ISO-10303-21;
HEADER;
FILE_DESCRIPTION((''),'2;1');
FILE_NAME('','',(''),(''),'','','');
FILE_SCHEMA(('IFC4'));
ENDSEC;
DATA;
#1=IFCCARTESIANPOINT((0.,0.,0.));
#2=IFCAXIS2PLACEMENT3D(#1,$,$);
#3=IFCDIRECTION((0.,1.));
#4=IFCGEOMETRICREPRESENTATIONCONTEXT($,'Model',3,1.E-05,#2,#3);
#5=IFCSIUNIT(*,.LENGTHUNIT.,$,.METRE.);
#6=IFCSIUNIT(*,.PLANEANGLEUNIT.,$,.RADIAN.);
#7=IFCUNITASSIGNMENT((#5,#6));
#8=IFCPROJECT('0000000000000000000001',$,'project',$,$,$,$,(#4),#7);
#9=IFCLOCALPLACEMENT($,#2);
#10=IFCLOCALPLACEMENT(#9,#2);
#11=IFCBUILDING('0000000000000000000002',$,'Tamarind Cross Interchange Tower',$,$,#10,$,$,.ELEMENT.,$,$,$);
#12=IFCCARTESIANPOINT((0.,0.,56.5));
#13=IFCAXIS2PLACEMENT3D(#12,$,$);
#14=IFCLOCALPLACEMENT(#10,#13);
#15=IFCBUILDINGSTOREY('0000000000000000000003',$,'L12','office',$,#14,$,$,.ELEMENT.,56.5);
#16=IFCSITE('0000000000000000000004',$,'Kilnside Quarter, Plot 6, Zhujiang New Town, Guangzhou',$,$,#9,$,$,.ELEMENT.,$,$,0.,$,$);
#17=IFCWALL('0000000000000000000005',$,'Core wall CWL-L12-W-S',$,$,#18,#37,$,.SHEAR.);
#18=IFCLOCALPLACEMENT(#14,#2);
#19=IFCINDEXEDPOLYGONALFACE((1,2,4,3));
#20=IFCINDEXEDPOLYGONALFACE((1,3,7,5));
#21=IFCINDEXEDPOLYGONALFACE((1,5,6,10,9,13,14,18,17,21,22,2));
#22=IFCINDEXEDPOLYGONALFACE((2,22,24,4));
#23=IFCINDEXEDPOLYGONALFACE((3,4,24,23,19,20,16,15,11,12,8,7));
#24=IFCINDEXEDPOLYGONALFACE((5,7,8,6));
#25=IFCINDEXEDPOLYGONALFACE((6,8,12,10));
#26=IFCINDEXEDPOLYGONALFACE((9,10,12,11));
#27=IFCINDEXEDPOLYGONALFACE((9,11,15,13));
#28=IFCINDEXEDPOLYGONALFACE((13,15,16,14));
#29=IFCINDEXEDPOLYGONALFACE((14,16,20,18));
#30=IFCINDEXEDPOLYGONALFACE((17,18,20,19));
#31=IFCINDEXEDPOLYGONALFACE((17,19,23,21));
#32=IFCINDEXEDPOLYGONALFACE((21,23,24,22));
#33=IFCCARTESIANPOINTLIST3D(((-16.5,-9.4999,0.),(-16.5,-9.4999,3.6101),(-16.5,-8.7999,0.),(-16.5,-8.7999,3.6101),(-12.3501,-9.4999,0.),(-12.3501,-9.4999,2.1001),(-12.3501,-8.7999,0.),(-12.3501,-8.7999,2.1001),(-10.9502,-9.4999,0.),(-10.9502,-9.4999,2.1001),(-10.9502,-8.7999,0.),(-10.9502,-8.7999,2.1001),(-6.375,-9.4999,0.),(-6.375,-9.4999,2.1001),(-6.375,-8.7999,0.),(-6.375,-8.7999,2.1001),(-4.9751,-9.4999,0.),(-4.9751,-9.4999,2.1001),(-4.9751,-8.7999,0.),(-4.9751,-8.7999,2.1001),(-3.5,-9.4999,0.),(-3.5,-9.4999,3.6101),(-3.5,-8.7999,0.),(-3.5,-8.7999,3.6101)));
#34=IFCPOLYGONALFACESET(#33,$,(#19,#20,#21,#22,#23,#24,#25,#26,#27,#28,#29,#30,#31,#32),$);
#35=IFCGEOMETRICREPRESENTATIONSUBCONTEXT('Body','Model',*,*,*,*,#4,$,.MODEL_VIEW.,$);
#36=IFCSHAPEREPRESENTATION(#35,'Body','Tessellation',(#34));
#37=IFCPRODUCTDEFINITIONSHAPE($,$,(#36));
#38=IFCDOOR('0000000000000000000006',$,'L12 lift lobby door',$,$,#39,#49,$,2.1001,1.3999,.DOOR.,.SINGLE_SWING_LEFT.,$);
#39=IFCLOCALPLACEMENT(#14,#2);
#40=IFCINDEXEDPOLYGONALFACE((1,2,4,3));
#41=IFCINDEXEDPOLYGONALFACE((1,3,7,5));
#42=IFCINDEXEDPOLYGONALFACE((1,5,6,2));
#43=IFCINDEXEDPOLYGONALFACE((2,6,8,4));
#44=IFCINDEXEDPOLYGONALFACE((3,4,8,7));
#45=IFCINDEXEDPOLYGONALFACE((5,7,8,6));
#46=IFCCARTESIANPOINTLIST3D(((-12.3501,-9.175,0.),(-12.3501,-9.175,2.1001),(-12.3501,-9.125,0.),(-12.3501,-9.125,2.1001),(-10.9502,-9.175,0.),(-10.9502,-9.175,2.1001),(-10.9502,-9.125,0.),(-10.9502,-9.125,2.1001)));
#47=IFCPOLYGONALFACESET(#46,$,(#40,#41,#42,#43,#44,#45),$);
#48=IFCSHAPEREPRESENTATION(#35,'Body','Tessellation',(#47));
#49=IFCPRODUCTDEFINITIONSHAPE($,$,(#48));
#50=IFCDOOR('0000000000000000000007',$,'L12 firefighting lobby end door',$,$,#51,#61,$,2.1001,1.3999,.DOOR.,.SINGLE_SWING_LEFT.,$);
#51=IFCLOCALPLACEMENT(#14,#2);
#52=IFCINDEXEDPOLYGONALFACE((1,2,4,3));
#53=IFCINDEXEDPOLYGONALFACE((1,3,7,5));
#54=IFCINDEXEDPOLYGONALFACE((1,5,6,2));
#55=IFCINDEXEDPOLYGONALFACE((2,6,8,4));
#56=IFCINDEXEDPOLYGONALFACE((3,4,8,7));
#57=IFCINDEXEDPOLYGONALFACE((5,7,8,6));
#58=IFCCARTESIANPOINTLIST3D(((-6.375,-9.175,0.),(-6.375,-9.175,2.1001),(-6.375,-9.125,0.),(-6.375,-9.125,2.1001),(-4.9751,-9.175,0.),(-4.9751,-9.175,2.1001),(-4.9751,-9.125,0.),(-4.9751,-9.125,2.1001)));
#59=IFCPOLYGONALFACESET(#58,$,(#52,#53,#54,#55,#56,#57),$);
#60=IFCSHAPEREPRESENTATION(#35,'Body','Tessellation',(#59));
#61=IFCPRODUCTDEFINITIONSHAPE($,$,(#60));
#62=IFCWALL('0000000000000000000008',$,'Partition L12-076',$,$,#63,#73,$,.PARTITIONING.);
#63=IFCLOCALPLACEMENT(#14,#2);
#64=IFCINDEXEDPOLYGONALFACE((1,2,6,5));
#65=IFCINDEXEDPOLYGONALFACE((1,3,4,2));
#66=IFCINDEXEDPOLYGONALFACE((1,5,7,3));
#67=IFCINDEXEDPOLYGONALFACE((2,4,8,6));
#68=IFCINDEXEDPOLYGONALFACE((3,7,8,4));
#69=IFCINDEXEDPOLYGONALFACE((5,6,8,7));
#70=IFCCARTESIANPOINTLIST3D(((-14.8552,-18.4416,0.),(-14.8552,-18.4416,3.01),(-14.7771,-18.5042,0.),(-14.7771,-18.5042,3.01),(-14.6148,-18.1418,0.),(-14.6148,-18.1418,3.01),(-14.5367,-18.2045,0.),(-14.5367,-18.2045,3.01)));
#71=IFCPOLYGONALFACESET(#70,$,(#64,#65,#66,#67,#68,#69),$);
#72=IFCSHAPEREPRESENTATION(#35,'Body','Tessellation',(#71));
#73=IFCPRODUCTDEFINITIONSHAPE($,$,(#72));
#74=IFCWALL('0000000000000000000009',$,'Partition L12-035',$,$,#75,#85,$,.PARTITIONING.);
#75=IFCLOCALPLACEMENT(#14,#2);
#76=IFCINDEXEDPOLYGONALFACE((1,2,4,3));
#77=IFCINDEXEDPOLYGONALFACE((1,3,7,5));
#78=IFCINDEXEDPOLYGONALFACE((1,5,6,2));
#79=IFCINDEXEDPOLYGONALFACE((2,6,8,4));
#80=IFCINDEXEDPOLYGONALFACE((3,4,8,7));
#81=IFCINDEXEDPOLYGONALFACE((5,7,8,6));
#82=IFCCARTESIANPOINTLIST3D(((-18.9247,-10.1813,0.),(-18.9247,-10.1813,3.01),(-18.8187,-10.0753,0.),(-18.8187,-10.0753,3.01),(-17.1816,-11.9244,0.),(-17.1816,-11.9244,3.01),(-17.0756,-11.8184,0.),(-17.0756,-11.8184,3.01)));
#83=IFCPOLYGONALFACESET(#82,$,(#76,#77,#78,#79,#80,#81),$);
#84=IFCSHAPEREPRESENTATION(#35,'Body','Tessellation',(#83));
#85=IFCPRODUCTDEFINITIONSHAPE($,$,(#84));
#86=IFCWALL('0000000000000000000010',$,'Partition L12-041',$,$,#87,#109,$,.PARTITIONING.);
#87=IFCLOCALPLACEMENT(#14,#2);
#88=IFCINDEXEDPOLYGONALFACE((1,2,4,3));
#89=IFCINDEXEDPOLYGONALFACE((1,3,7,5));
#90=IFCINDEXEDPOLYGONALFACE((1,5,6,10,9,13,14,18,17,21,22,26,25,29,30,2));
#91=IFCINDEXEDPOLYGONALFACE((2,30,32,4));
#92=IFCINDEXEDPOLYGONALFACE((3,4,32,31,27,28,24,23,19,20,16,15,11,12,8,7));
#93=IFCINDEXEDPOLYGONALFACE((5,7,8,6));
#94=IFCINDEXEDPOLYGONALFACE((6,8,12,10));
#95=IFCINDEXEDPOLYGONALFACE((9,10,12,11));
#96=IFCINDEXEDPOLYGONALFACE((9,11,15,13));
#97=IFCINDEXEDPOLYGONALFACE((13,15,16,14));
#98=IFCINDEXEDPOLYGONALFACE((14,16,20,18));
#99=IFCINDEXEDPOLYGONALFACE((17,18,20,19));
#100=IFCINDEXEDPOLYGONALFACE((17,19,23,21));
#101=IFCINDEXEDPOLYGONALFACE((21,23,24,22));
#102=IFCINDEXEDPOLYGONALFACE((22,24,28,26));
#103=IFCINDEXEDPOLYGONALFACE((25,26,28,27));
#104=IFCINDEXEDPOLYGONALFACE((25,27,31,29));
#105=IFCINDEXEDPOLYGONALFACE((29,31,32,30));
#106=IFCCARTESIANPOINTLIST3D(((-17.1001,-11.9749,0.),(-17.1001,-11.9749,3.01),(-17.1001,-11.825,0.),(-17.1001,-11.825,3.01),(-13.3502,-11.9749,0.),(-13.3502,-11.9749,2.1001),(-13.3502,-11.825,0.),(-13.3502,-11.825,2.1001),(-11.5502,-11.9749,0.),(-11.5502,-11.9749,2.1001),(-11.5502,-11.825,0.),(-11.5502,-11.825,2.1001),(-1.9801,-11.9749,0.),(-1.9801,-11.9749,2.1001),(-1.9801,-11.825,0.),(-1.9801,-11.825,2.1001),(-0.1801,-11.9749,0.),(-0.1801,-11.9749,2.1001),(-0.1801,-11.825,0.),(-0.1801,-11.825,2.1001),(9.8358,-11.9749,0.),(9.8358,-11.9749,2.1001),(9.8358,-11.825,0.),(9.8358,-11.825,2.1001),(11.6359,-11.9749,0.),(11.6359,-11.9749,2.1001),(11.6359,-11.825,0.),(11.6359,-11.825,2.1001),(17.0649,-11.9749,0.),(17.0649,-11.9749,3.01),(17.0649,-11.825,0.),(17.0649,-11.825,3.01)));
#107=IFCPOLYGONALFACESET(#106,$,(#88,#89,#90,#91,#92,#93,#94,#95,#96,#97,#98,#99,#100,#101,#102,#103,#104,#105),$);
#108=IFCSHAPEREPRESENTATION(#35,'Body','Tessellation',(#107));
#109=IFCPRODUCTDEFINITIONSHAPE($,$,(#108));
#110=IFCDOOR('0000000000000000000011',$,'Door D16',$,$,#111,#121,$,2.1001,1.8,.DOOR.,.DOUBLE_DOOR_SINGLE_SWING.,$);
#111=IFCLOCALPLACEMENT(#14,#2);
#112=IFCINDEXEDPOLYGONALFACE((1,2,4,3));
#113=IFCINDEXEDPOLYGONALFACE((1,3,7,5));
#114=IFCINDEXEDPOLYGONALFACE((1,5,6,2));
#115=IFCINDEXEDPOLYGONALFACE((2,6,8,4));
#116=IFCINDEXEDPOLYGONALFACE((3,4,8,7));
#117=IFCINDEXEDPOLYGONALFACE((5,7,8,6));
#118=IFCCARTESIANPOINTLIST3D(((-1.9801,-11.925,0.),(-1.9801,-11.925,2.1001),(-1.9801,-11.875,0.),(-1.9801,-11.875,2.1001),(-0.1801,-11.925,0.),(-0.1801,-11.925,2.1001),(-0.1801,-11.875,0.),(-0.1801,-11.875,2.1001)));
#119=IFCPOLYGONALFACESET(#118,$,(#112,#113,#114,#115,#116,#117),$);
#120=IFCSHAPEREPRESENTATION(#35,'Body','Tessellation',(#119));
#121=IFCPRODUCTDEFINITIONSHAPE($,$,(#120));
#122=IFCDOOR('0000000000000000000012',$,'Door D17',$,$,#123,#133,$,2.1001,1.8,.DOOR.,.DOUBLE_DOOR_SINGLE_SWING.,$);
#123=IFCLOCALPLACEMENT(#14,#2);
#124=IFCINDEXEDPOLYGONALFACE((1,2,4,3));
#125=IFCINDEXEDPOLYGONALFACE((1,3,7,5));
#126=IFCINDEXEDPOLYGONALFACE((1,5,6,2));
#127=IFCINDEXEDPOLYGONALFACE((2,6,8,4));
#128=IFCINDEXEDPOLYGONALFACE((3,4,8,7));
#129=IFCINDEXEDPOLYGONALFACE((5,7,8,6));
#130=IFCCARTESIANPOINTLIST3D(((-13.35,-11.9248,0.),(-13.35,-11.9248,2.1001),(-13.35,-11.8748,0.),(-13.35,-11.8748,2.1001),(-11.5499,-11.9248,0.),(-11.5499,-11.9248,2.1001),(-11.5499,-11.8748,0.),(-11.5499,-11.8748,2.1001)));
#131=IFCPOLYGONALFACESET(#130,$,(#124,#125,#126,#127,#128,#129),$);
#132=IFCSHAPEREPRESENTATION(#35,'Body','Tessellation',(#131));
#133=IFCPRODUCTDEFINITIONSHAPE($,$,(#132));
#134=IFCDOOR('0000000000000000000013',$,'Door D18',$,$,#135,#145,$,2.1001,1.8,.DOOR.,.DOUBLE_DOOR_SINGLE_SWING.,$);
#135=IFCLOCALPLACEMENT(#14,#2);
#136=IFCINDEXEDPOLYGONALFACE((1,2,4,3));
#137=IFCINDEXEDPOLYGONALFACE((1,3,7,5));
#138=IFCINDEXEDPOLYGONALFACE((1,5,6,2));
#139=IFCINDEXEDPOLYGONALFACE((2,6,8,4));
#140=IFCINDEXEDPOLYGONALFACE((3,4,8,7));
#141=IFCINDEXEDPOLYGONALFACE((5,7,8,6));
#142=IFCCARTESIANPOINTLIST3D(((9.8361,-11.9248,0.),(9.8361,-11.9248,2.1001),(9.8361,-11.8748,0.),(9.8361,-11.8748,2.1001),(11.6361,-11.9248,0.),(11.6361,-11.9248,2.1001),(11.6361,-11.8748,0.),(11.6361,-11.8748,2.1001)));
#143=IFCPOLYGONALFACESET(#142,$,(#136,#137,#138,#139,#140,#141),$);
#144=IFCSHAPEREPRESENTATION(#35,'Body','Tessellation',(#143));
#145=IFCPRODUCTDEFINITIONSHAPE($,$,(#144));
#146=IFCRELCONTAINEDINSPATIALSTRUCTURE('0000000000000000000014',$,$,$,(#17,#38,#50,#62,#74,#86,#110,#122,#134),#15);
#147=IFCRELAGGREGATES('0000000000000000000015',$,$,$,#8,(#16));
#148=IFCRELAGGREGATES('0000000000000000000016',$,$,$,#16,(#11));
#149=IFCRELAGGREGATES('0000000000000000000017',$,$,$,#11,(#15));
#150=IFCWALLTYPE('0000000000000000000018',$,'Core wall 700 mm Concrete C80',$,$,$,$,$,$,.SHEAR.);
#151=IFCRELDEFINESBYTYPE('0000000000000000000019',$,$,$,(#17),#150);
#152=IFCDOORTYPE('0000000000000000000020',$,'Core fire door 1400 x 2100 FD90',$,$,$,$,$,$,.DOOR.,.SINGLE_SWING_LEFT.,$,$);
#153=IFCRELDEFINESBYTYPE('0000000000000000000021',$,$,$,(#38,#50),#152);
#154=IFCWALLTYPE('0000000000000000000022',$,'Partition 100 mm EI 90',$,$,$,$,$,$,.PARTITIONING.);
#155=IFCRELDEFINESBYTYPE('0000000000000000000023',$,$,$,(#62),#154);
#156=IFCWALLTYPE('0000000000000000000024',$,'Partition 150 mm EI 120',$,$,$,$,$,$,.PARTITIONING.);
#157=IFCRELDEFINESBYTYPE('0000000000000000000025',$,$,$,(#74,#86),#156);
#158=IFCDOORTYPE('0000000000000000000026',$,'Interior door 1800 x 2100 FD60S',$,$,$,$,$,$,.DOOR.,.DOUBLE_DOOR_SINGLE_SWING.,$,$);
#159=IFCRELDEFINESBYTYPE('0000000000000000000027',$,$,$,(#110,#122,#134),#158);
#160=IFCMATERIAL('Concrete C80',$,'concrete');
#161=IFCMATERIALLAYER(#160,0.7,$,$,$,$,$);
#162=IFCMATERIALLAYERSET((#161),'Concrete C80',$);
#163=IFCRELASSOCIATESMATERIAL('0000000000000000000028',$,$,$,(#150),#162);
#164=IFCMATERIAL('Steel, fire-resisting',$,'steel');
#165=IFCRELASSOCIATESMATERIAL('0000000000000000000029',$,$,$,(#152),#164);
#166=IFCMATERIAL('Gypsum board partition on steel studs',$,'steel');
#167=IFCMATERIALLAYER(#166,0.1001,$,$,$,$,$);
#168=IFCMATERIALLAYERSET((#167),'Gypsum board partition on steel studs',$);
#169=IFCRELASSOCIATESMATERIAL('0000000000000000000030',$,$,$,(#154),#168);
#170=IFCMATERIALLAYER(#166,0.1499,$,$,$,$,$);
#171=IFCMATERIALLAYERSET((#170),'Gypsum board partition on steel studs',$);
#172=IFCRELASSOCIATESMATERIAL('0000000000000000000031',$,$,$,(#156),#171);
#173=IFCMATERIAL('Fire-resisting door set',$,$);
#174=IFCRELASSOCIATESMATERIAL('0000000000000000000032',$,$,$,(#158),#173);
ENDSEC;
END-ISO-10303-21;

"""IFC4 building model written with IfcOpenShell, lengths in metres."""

from ifc_helpers import new_model, si_unit, direction, frame, frame_2d, origin, place, context, subcontext, project, spatial, rectangle, extrude, material, layer, layer_set, type_object, element, fill, save


model = new_model("IFC4")

# Units and contexts
model_context = context("Model", 3, precision=1e-05, world=origin(), true_north=direction((0.0, 1.0)))
body_context = subcontext(model_context, "Body", "Model", "MODEL_VIEW")
ifc_project = project(units=[si_unit("LENGTHUNIT", "METRE"), si_unit("PLANEANGLEUNIT", "RADIAN")], contexts=[model_context])

# Site, building, storey
site_placement = place(None, origin())
site = spatial("IfcSite", under=ifc_project, at=site_placement, Name="Kilnside Quarter, Plot 6, Zhujiang New Town, Guangzhou", CompositionType="ELEMENT", RefElevation=0.0)
building_placement = place(site_placement, origin())
building = spatial("IfcBuilding", under=site, at=building_placement, Name="Tamarind Cross Interchange Tower", CompositionType="ELEMENT")
storey_placement = place(building_placement, frame((0.0, 0.0, 56.5)))
storey = spatial("IfcBuildingStorey", under=building, at=storey_placement, Name="L12", Description="office", CompositionType="ELEMENT", Elevation=56.5)

# Wall, openings, doors
ifc_material_1 = material(Name="Concrete C80", Category="concrete")
ifc_layer_1 = layer(ifc_material_1, 0.7)
ifc_layer_set_1 = layer_set([ifc_layer_1], Name="Concrete C80")
wall_type_1 = type_object("IfcWallType", Name="Core wall 700 mm Concrete C80", PredefinedType="SHEAR", material=ifc_layer_set_1)
wall_1_placement = place(storey_placement, frame((-16.5, -9.1499, 0.0), z_axis=(0.0, 0.0, 1.0), x_axis=(1.0, 0.0, 0.0)))
wall_1 = element("IfcWall", 1, at=wall_1_placement, inside=storey, type_object=wall_type_1, Name="Core wall CWL-L12-W-S", PredefinedType="SHEAR", context=body_context, shape_type="SweptSolid", body=[
    extrude(rectangle(XDim=13.0, YDim=0.7, at=frame_2d((6.5, 0.0))), origin(), (0.0, 0.0, 1.0), 3.6101),
])
opening_1_placement = place(wall_1_placement, frame((4.1499, 0.0, 0.0)))
opening_1 = element("IfcOpeningElement", 2, at=opening_1_placement, cuts=wall_1, PredefinedType="OPENING", context=body_context, shape_type="SweptSolid", body=[
    extrude(rectangle(XDim=1.3999, YDim=2.1001, at=frame_2d((0.7, 1.05))), frame((0.0, 0.3599, 0.0), z_axis=(0.0, -1.0, 0.0), x_axis=(1.0, 0.0, 0.0)), (0.0, 0.0, 1.0), 0.72),
])
opening_2_placement = place(wall_1_placement, frame((10.125, 0.0, 0.0)))
opening_2 = element("IfcOpeningElement", 3, at=opening_2_placement, cuts=wall_1, PredefinedType="OPENING", context=body_context, shape_type="SweptSolid", body=[
    extrude(rectangle(XDim=1.3999, YDim=2.1001, at=frame_2d((0.7, 1.05))), frame((0.0, 0.3599, 0.0), z_axis=(0.0, -1.0, 0.0), x_axis=(1.0, 0.0, 0.0)), (0.0, 0.0, 1.0), 0.72),
])
ifc_material_2 = material(Name="Steel, fire-resisting", Category="steel")
door_type_1 = type_object("IfcDoorType", Name="Core fire door 1400 x 2100 FD90", OperationType="SINGLE_SWING_LEFT", PredefinedType="DOOR", material=ifc_material_2)
door_1_placement = place(opening_1_placement, origin())
door_1 = element("IfcDoor", 4, at=door_1_placement, inside=storey, type_object=door_type_1, Name="L12 lift lobby door", OperationType="SINGLE_SWING_LEFT", OverallHeight=2.1001, OverallWidth=1.3999, PredefinedType="DOOR", context=body_context, shape_type="SweptSolid", body=[
    extrude(rectangle(XDim=1.3999, YDim=2.1001, at=frame_2d((0.7, 1.05))), frame((0.0, 0.0249, 0.0), z_axis=(0.0, -1.0, 0.0), x_axis=(1.0, 0.0, 0.0)), (0.0, 0.0, 1.0), 0.05),
])
fill(opening_1, door_1)
door_2_placement = place(opening_2_placement, origin())
door_2 = element("IfcDoor", 5, at=door_2_placement, inside=storey, type_object=door_type_1, Name="L12 firefighting lobby end door", OperationType="SINGLE_SWING_LEFT", OverallHeight=2.1001, OverallWidth=1.3999, PredefinedType="DOOR", context=body_context, shape_type="SweptSolid", body=[
    extrude(rectangle(XDim=1.3999, YDim=2.1001, at=frame_2d((0.7, 1.05))), frame((0.0, 0.0249, 0.0), z_axis=(0.0, -1.0, 0.0), x_axis=(1.0, 0.0, 0.0)), (0.0, 0.0, 1.0), 0.05),
])
fill(opening_2, door_2)

# Walls
ifc_material_3 = material(Name="Gypsum board partition on steel studs", Category="steel")
ifc_layer_2 = layer(ifc_material_3, 0.1001)
ifc_layer_set_2 = layer_set([ifc_layer_2], Name="Gypsum board partition on steel studs")
wall_type_2 = type_object("IfcWallType", Name="Partition 100 mm EI 90", PredefinedType="PARTITIONING", material=ifc_layer_set_2)
wall_2_placement = place(storey_placement, frame((-14.8162, -18.4729, 0.0), z_axis=(0.0, 0.0, 1.0), x_axis=(0.625702, 0.780063, 0.0)))
element("IfcWall", 6, at=wall_2_placement, inside=storey, type_object=wall_type_2, Name="Partition L12-076", PredefinedType="PARTITIONING", context=body_context, shape_type="SweptSolid", body=[
    extrude(rectangle(XDim=0.3843, YDim=0.1001, at=frame_2d((0.1921, 0.0))), origin(), (0.0, 0.0, 1.0), 3.01),
])
ifc_layer_3 = layer(ifc_material_3, 0.1499)
ifc_layer_set_3 = layer_set([ifc_layer_3], Name="Gypsum board partition on steel studs")
wall_type_3 = type_object("IfcWallType", Name="Partition 150 mm EI 120", PredefinedType="PARTITIONING", material=ifc_layer_set_3)
wall_3_placement = place(storey_placement, frame((-18.8716, -10.1284, 0.0), z_axis=(0.0, 0.0, 1.0), x_axis=(0.707107, -0.707107, 0.0)))
element("IfcWall", 7, at=wall_3_placement, inside=storey, type_object=wall_type_3, Name="Partition L12-035", PredefinedType="PARTITIONING", context=body_context, shape_type="SweptSolid", body=[
    extrude(rectangle(XDim=2.4651, YDim=0.1499, at=frame_2d((1.2324, 0.0))), origin(), (0.0, 0.0, 1.0), 3.01),
])

# Wall, openings, doors
wall_4_placement = place(storey_placement, frame((-17.1001, -11.8999, 0.0), z_axis=(0.0, 0.0, 1.0), x_axis=(1.0, 0.0, 0.0)))
wall_4 = element("IfcWall", 8, at=wall_4_placement, inside=storey, type_object=wall_type_3, Name="Partition L12-041", PredefinedType="PARTITIONING", context=body_context, shape_type="SweptSolid", body=[
    extrude(rectangle(XDim=34.165, YDim=0.1499, at=frame_2d((17.0825, 0.0))), origin(), (0.0, 0.0, 1.0), 3.01),
])
opening_3_placement = place(wall_4_placement, frame((15.1201, 0.0, 0.0)))
opening_3 = element("IfcOpeningElement", 9, at=opening_3_placement, cuts=wall_4, PredefinedType="OPENING", context=body_context, shape_type="SweptSolid", body=[
    extrude(rectangle(XDim=1.8, YDim=2.1001, at=frame_2d((0.8999, 1.05))), frame((0.0, 0.085, 0.0), z_axis=(0.0, -1.0, 0.0), x_axis=(1.0, 0.0, 0.0)), (0.0, 0.0, 1.0), 0.1699),
])
opening_4_placement = place(wall_4_placement, frame((3.75, 0.0, 0.0)))
opening_4 = element("IfcOpeningElement", 10, at=opening_4_placement, cuts=wall_4, PredefinedType="OPENING", context=body_context, shape_type="SweptSolid", body=[
    extrude(rectangle(XDim=1.8, YDim=2.1001, at=frame_2d((0.8999, 1.05))), frame((0.0, 0.085, 0.0), z_axis=(0.0, -1.0, 0.0), x_axis=(1.0, 0.0, 0.0)), (0.0, 0.0, 1.0), 0.1699),
])
opening_5_placement = place(wall_4_placement, frame((26.936, 0.0, 0.0)))
opening_5 = element("IfcOpeningElement", 11, at=opening_5_placement, cuts=wall_4, PredefinedType="OPENING", context=body_context, shape_type="SweptSolid", body=[
    extrude(rectangle(XDim=1.8, YDim=2.1001, at=frame_2d((0.8999, 1.05))), frame((0.0, 0.085, 0.0), z_axis=(0.0, -1.0, 0.0), x_axis=(1.0, 0.0, 0.0)), (0.0, 0.0, 1.0), 0.1699),
])
ifc_material_4 = material(Name="Fire-resisting door set")
door_type_2 = type_object("IfcDoorType", Name="Interior door 1800 x 2100 FD60S", OperationType="DOUBLE_DOOR_SINGLE_SWING", PredefinedType="DOOR", material=ifc_material_4)
door_3_placement = place(opening_3_placement, origin())
door_3 = element("IfcDoor", 12, at=door_3_placement, inside=storey, type_object=door_type_2, Name="Door D16", OperationType="DOUBLE_DOOR_SINGLE_SWING", OverallHeight=2.1001, OverallWidth=1.8, PredefinedType="DOOR", context=body_context, shape_type="SweptSolid", body=[
    extrude(rectangle(XDim=1.8, YDim=2.1001, at=frame_2d((0.8999, 1.05))), frame((0.0, 0.0249, 0.0), z_axis=(0.0, -1.0, 0.0), x_axis=(1.0, 0.0, 0.0)), (0.0, 0.0, 1.0), 0.05),
])
fill(opening_3, door_3)
door_4_placement = place(opening_4_placement, frame((1.8, 0.0, 0.0), z_axis=(0.0, 0.0, 1.0), x_axis=(-1.0, 0.0, 0.0)))
door_4 = element("IfcDoor", 13, at=door_4_placement, inside=storey, type_object=door_type_2, Name="Door D17", OperationType="DOUBLE_DOOR_SINGLE_SWING", OverallHeight=2.1001, OverallWidth=1.8, PredefinedType="DOOR", context=body_context, shape_type="SweptSolid", body=[
    extrude(rectangle(XDim=1.8, YDim=2.1001, at=frame_2d((0.8999, 1.05))), frame((0.0, 0.0249, 0.0), z_axis=(0.0, -1.0, 0.0), x_axis=(1.0, 0.0, 0.0)), (0.0, 0.0, 1.0), 0.05),
])
fill(opening_4, door_4)
door_5_placement = place(opening_5_placement, frame((1.8, 0.0, 0.0), z_axis=(0.0, 0.0, 1.0), x_axis=(-1.0, 0.0, 0.0)))
door_5 = element("IfcDoor", 14, at=door_5_placement, inside=storey, type_object=door_type_2, Name="Door D18", OperationType="DOUBLE_DOOR_SINGLE_SWING", OverallHeight=2.1001, OverallWidth=1.8, PredefinedType="DOOR", context=body_context, shape_type="SweptSolid", body=[
    extrude(rectangle(XDim=1.8, YDim=2.1001, at=frame_2d((0.8999, 1.05))), frame((0.0, 0.0249, 0.0), z_axis=(0.0, -1.0, 0.0), x_axis=(1.0, 0.0, 0.0)), (0.0, 0.0, 1.0), 0.05),
])
fill(opening_5, door_5)

save(model, "model.ifc")
